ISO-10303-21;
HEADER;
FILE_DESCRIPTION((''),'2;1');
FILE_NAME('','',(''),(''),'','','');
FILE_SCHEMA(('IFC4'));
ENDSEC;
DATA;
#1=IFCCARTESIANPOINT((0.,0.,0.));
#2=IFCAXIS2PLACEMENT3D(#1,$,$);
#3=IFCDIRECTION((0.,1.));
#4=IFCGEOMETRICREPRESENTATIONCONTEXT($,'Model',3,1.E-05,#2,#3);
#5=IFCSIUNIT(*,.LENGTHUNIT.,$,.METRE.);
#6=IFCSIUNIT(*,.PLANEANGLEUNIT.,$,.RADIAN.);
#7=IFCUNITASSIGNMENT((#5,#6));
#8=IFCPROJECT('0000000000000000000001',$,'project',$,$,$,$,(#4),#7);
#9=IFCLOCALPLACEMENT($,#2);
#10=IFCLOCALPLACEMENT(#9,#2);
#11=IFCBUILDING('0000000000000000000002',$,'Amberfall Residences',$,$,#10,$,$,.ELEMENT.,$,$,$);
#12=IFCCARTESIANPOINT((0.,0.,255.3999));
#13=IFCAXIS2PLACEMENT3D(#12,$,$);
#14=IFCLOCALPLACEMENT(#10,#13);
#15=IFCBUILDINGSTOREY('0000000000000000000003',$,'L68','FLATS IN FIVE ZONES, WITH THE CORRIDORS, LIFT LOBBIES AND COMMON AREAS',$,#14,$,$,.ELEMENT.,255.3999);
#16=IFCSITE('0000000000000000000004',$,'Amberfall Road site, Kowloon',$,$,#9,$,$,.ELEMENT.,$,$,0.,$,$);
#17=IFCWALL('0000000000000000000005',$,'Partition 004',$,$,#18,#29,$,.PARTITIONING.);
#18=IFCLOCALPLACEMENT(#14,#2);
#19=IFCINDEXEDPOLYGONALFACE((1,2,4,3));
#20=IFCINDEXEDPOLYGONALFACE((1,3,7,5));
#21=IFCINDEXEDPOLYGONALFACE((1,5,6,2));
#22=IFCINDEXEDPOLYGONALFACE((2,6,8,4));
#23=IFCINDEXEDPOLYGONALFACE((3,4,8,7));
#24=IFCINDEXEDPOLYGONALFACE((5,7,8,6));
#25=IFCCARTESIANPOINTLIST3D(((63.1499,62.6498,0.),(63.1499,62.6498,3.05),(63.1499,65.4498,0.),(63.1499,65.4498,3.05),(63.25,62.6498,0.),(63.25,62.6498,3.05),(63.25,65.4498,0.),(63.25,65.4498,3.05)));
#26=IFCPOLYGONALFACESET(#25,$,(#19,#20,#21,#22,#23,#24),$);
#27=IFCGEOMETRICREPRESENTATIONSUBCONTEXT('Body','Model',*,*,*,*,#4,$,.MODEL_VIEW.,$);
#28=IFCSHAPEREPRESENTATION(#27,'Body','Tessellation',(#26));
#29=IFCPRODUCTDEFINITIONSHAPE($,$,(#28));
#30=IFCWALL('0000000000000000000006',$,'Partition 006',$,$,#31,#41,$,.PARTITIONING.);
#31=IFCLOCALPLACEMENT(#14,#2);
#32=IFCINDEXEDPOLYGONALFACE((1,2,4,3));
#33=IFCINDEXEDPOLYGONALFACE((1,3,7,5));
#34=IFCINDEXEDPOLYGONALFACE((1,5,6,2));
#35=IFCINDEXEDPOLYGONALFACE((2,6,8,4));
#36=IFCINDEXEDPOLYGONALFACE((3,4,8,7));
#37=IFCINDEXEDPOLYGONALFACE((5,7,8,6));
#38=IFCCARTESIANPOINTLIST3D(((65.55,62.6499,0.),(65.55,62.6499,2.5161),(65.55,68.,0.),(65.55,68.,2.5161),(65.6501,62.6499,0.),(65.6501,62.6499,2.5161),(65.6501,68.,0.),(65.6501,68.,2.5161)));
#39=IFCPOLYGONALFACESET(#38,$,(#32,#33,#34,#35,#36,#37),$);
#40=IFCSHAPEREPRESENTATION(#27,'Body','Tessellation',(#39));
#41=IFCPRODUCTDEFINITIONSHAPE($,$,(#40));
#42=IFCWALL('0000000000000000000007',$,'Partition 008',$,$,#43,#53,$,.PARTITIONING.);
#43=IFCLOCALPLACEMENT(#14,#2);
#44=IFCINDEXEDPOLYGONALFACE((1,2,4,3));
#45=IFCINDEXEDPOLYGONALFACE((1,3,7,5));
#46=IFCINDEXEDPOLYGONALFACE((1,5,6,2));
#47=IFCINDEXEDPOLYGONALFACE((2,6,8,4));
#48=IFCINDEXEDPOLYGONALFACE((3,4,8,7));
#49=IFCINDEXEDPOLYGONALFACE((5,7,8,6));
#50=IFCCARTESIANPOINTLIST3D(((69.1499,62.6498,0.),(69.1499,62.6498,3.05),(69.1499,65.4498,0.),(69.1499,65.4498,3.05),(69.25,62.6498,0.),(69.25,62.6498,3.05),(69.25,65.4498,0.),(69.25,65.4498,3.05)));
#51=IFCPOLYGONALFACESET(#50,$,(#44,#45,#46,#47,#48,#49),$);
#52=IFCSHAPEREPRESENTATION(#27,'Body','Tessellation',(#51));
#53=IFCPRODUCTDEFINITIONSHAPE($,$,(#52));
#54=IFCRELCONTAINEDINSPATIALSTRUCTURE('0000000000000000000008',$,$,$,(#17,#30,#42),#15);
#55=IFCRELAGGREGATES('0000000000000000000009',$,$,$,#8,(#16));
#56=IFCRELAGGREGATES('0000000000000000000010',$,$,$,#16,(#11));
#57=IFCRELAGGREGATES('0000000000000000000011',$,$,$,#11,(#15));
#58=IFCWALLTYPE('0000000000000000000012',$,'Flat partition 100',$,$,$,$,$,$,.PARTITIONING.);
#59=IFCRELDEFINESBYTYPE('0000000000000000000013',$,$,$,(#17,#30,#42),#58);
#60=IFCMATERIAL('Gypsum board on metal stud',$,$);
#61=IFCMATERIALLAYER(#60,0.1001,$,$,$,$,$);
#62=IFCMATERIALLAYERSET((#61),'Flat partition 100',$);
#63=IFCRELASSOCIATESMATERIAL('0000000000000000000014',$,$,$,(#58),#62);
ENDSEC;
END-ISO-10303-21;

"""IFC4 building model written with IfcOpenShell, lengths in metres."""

from ifc_helpers import new_model, si_unit, direction, frame, frame_2d, origin, place, context, subcontext, project, spatial, rectangle, extrude, material, layer, layer_set, type_object, element, save


model = new_model("IFC4")

# Units and contexts
model_context = context("Model", 3, precision=1e-05, world=origin(), true_north=direction((0.0, 1.0)))
body_context = subcontext(model_context, "Body", "Model", "MODEL_VIEW")
ifc_project = project(units=[si_unit("LENGTHUNIT", "METRE"), si_unit("PLANEANGLEUNIT", "RADIAN")], contexts=[model_context])

# Site, building, storey
site_placement = place(None, origin())
site = spatial("IfcSite", under=ifc_project, at=site_placement, Name="Amberfall Road site, Kowloon", CompositionType="ELEMENT", RefElevation=0.0)
building_placement = place(site_placement, origin())
building = spatial("IfcBuilding", under=site, at=building_placement, Name="Amberfall Residences", CompositionType="ELEMENT")
storey_placement = place(building_placement, frame((0.0, 0.0, 255.3999)))
storey = spatial("IfcBuildingStorey", under=building, at=storey_placement, Name="L68", Description="FLATS IN FIVE ZONES, WITH THE CORRIDORS, LIFT LOBBIES AND COMMON AREAS", CompositionType="ELEMENT", Elevation=255.3999)

# Walls
ifc_material_1 = material(Name="Gypsum board on metal stud")
ifc_layer_1 = layer(ifc_material_1, 0.1001)
ifc_layer_set_1 = layer_set([ifc_layer_1], Name="Flat partition 100")
wall_type_1 = type_object("IfcWallType", Name="Flat partition 100", PredefinedType="PARTITIONING", material=ifc_layer_set_1)
wall_1_placement = place(storey_placement, frame((63.2, 62.6499, 0.0), z_axis=(0.0, 0.0, 1.0), x_axis=(0.0, 1.0, 0.0)))
element("IfcWall", 1, at=wall_1_placement, inside=storey, type_object=wall_type_1, Name="Partition 004", PredefinedType="PARTITIONING", context=body_context, shape_type="SweptSolid", body=[
    extrude(rectangle(XDim=2.8, YDim=0.1001, at=frame_2d((1.3999, 0.0))), origin(), (0.0, 0.0, 1.0), 3.05),
])
wall_2_placement = place(storey_placement, frame((65.6001, 62.6499, 0.0), z_axis=(0.0, 0.0, 1.0), x_axis=(0.0, 1.0, 0.0)))
element("IfcWall", 2, at=wall_2_placement, inside=storey, type_object=wall_type_1, Name="Partition 006", PredefinedType="PARTITIONING", context=body_context, shape_type="SweptSolid", body=[
    extrude(rectangle(XDim=5.3501, YDim=0.1001, at=frame_2d((2.675, 0.0))), origin(), (0.0, 0.0, 1.0), 2.5161),
])
wall_3_placement = place(storey_placement, frame((69.2, 62.6499, 0.0), z_axis=(0.0, 0.0, 1.0), x_axis=(0.0, 1.0, 0.0)))
element("IfcWall", 3, at=wall_3_placement, inside=storey, type_object=wall_type_1, Name="Partition 008", PredefinedType="PARTITIONING", context=body_context, shape_type="SweptSolid", body=[
    extrude(rectangle(XDim=2.8, YDim=0.1001, at=frame_2d((1.3999, 0.0))), origin(), (0.0, 0.0, 1.0), 3.05),
])

save(model, "model.ifc")
